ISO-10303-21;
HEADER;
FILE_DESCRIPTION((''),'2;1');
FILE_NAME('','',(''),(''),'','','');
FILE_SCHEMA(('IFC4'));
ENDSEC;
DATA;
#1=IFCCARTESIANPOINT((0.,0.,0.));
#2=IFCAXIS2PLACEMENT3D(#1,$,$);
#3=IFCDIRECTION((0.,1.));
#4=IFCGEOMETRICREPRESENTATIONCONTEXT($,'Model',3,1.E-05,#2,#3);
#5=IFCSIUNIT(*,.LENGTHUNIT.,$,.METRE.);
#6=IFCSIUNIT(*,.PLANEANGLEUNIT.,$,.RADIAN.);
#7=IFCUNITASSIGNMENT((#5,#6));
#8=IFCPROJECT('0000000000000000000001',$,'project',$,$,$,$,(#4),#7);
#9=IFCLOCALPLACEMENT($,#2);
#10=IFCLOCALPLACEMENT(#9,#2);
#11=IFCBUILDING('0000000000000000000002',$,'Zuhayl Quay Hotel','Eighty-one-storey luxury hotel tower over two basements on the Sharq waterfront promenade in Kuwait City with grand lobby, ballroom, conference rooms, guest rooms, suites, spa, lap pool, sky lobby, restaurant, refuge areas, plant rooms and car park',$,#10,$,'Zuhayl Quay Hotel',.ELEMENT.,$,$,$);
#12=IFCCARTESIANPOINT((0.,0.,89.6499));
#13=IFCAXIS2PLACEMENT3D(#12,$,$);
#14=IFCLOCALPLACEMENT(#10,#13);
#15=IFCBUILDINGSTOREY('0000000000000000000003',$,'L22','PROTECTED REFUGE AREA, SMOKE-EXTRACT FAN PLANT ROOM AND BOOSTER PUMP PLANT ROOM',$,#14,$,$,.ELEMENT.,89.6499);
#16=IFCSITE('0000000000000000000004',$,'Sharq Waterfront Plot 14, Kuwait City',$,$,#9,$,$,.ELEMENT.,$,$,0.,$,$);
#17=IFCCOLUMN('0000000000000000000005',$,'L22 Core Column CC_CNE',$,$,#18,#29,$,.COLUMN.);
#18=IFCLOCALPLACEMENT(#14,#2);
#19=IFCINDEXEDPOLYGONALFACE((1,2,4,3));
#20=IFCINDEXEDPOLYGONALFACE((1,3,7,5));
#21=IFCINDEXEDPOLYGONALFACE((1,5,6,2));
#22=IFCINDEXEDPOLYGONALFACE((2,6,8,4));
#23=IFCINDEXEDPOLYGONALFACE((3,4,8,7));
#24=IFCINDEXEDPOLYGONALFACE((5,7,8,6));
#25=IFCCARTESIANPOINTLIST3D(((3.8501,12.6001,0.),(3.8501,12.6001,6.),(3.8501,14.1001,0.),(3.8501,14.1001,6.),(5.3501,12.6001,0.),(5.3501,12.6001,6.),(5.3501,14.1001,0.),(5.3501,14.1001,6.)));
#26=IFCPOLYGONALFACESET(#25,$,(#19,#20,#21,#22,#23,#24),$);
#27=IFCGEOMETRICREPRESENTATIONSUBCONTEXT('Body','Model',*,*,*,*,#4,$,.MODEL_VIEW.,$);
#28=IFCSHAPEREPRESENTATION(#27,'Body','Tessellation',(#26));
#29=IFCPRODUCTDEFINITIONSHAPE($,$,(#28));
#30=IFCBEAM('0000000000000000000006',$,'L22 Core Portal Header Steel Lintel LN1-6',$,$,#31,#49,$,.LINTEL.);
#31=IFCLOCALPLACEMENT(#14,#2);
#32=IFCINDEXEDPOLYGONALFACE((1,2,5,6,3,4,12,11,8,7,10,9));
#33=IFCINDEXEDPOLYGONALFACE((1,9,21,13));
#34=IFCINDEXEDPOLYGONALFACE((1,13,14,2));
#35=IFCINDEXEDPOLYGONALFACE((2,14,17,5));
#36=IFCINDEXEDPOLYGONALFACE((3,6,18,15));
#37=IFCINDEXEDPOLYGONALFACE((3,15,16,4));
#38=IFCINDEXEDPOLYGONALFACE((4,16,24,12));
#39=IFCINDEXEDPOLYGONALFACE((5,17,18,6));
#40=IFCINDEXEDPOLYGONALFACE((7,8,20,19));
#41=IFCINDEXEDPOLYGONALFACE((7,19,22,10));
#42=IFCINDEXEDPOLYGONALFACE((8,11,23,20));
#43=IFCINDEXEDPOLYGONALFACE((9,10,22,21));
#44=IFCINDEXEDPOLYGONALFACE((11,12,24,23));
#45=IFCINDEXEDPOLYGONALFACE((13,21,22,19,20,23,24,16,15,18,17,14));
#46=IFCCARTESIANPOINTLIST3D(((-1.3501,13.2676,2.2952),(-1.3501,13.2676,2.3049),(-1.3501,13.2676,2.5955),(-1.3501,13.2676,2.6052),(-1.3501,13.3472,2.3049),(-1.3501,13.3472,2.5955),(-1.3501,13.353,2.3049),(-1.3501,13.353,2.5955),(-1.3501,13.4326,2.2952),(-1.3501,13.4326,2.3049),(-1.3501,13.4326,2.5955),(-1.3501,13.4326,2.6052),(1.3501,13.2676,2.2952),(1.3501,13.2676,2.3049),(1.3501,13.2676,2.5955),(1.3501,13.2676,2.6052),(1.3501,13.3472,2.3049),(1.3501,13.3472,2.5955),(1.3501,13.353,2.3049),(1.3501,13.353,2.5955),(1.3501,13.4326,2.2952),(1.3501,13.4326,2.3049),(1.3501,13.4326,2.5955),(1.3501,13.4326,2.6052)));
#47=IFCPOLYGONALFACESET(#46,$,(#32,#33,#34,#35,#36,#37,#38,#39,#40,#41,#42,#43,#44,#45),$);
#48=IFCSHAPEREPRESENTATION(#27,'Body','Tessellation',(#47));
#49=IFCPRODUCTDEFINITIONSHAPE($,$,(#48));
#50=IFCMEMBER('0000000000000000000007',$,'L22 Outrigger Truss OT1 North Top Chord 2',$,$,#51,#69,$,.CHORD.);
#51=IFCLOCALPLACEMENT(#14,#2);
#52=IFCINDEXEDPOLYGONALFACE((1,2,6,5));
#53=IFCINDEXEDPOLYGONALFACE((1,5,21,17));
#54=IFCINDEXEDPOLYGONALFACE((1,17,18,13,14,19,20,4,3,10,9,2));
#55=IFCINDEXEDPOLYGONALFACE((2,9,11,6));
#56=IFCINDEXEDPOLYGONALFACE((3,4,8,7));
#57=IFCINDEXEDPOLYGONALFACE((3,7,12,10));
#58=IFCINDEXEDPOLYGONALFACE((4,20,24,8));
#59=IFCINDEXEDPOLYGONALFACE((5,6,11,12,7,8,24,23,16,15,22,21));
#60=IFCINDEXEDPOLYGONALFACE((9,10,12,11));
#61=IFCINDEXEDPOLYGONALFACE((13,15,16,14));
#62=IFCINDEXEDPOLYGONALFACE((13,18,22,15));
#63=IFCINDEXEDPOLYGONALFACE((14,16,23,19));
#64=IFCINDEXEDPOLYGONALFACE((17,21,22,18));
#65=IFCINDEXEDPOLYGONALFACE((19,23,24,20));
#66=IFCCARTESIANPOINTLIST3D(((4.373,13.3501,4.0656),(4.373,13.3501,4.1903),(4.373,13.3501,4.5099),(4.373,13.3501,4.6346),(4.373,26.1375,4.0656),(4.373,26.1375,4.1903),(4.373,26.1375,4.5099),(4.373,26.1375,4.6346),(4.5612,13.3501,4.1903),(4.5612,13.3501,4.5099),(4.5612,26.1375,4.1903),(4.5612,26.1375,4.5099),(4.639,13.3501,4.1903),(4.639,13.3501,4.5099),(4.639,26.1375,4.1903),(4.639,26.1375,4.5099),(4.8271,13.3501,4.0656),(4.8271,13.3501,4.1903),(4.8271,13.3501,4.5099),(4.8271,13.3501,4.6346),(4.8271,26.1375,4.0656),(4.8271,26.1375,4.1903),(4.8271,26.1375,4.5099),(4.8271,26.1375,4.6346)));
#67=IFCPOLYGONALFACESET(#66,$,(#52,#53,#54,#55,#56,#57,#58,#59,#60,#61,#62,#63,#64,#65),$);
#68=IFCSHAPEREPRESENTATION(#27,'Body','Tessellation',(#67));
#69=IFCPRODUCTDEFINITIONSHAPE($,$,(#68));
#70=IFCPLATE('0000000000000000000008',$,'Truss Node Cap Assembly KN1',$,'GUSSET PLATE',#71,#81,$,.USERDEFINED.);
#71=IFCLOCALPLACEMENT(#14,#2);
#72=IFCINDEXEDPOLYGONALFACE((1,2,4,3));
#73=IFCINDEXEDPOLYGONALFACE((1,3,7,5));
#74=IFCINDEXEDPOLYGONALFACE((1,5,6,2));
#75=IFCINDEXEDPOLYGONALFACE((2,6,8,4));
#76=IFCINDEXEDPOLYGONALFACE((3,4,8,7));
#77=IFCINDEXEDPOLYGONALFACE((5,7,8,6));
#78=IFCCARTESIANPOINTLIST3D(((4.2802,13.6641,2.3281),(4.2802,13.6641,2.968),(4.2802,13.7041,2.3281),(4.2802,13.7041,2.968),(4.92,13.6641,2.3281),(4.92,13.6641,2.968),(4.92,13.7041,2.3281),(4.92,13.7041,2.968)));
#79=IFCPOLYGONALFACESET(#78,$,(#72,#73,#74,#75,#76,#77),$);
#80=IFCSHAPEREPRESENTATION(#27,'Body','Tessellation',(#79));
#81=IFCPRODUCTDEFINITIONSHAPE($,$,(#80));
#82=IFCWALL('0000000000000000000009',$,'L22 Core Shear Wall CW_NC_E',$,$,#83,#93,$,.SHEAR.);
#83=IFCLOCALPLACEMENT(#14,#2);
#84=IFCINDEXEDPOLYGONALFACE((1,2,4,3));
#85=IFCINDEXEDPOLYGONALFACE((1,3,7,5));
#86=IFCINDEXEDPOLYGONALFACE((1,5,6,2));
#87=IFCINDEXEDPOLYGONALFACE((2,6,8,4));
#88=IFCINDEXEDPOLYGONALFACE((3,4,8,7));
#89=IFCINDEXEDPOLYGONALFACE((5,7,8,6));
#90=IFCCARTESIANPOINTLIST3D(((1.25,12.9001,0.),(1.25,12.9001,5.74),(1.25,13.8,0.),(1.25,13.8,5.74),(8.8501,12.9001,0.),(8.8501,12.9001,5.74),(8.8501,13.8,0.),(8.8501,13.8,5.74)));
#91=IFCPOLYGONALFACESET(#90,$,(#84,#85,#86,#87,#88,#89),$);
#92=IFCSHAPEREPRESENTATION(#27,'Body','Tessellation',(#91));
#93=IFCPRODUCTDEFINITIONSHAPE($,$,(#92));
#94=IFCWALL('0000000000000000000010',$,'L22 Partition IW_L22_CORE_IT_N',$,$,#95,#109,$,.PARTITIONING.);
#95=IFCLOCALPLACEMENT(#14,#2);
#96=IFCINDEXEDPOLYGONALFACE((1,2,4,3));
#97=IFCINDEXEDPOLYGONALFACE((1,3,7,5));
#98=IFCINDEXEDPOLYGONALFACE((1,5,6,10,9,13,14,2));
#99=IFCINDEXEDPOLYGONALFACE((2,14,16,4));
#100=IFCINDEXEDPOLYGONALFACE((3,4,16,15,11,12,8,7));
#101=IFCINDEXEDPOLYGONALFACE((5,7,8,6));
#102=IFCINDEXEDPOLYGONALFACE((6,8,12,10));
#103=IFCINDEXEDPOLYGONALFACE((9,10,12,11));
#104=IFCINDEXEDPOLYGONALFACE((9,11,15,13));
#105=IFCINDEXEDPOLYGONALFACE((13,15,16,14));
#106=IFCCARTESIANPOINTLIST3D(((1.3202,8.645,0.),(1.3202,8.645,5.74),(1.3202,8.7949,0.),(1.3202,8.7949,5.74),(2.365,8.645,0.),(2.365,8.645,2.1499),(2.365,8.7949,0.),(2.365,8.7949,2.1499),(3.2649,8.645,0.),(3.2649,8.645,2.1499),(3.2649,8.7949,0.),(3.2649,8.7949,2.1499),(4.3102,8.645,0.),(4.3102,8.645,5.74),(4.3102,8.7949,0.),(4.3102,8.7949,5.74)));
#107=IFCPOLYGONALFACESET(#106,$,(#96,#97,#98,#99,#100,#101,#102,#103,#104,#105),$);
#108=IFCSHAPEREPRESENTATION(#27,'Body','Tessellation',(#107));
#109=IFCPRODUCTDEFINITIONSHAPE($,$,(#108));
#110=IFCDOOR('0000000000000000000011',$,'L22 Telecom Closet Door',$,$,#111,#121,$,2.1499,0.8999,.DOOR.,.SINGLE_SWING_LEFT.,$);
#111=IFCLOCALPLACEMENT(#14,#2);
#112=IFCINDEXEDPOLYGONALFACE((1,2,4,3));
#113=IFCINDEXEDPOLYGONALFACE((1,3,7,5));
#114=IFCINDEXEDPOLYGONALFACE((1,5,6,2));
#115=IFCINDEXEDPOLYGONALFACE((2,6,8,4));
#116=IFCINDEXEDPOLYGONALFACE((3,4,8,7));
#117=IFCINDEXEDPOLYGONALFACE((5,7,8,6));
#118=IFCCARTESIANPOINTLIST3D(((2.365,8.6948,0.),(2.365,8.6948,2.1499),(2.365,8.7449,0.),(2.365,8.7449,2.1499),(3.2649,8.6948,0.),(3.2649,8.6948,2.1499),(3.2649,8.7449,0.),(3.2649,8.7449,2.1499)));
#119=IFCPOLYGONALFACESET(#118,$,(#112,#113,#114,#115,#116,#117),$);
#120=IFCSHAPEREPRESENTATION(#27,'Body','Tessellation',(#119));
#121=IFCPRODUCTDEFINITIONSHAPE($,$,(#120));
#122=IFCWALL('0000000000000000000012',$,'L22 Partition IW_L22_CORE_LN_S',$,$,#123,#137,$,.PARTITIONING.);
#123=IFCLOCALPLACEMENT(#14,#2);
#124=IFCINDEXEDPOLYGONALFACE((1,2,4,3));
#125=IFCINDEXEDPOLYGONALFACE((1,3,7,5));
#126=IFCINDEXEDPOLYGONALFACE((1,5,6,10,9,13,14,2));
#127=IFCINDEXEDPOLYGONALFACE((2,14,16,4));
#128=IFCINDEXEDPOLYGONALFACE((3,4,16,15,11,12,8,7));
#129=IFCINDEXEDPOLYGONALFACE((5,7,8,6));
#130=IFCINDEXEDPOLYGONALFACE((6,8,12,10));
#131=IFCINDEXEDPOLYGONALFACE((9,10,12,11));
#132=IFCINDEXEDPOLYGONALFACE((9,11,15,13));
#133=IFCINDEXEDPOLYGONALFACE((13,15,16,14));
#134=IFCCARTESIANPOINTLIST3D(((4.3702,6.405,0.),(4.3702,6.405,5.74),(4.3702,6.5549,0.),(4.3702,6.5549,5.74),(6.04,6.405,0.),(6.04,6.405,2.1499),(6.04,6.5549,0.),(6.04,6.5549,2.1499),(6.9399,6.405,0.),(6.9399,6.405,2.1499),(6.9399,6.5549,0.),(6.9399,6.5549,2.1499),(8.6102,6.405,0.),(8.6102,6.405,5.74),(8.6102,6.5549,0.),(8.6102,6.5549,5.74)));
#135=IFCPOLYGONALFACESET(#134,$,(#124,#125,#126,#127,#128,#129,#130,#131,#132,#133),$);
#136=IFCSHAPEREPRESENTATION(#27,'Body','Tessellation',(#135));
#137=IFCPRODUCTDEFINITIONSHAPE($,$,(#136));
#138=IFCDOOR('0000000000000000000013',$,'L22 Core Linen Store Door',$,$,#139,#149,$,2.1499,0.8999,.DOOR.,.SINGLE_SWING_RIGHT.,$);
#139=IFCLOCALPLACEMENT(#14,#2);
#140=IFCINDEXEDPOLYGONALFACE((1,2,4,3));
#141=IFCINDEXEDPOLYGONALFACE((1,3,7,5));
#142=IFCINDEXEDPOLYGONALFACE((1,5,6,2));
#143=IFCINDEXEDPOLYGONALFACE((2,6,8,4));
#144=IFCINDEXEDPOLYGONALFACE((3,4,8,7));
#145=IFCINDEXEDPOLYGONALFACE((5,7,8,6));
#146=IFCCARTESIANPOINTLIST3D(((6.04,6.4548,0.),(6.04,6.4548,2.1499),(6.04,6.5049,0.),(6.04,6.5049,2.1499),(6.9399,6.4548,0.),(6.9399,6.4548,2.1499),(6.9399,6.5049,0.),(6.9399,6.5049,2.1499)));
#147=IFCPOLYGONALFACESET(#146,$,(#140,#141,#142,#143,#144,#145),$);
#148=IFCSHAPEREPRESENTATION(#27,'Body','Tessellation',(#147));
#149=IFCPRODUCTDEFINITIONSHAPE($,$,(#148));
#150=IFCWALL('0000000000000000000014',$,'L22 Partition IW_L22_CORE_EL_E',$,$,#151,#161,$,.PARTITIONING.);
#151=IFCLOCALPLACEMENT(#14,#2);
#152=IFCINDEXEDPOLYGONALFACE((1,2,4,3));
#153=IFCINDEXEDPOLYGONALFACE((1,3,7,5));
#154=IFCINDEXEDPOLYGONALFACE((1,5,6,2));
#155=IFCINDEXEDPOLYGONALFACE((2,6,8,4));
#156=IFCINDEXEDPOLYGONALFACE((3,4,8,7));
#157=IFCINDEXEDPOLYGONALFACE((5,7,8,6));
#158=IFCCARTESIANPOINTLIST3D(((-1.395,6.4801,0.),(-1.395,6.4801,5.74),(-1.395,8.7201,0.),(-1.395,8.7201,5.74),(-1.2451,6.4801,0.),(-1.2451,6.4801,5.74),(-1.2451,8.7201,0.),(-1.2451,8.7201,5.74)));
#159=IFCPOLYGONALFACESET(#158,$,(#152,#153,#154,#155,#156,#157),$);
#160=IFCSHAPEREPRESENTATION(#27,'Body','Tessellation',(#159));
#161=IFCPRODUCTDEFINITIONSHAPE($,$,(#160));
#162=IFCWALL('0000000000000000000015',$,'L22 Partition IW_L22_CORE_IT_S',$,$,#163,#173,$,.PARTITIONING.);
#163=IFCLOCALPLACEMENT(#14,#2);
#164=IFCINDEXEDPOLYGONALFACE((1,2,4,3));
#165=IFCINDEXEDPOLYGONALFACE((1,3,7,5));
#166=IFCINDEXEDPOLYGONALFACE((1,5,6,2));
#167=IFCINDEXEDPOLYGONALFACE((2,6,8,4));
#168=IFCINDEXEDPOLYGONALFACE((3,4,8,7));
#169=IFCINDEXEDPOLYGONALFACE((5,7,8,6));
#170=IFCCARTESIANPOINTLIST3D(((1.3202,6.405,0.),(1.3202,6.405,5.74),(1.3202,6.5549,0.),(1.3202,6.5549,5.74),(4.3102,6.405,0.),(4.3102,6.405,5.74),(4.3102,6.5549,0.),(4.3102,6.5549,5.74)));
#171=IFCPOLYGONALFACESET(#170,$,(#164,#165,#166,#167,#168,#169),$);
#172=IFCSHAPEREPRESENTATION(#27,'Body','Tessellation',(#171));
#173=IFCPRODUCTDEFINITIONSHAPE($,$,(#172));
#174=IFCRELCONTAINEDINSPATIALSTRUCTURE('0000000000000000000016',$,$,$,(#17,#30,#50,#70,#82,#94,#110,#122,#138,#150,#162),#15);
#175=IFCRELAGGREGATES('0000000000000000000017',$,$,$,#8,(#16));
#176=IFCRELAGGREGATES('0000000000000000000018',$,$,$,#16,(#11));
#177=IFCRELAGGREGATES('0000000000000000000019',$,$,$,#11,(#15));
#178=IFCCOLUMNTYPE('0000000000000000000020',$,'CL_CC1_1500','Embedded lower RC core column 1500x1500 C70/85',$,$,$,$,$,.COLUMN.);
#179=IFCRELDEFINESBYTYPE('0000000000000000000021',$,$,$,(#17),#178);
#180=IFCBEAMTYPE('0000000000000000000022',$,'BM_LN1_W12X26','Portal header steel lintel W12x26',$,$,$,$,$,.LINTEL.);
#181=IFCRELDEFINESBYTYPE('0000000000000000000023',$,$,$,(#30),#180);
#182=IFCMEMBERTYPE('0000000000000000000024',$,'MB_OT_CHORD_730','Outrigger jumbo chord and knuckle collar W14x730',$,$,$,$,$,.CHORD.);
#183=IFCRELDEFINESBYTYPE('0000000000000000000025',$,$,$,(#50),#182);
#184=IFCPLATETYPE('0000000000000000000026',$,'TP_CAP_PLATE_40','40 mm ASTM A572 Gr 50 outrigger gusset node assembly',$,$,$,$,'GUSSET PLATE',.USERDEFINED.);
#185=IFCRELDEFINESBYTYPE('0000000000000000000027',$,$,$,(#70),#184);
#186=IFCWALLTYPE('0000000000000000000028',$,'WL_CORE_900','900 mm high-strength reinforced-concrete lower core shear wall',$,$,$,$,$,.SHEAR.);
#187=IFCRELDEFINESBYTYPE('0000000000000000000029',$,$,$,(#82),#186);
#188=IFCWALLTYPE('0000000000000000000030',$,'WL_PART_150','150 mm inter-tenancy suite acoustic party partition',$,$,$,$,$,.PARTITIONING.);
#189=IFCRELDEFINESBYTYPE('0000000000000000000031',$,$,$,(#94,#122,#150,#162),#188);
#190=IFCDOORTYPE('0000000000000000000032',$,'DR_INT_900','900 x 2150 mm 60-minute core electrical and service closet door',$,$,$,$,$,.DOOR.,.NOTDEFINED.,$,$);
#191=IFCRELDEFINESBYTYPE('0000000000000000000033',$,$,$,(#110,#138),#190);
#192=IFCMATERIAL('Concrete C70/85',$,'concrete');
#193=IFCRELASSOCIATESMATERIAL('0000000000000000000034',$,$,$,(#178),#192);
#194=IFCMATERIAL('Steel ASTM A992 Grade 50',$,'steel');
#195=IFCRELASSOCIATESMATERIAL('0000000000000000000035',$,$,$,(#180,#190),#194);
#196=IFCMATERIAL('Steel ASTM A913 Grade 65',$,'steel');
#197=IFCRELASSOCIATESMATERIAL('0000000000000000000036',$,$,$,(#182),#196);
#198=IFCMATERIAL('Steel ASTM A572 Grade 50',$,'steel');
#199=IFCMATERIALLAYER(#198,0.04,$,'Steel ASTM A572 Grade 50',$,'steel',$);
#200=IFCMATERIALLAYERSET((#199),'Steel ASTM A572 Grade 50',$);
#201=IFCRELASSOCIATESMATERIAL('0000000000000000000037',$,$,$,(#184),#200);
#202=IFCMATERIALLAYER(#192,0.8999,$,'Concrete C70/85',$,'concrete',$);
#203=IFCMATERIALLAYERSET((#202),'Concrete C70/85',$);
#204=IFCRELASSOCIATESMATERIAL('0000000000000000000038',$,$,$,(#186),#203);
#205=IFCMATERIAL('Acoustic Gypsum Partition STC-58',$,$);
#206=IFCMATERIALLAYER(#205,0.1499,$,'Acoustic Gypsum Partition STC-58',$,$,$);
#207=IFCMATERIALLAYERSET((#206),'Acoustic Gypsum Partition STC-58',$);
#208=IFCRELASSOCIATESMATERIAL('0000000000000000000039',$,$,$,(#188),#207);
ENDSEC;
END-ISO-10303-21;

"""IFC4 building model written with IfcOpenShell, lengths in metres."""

from ifc_helpers import new_model, si_unit, direction, frame, frame_2d, origin, origin_2d, place, context, subcontext, project, spatial, rectangle, i_section, extrude, material, layer, layer_set, material_profile, profile_set, type_object, element, fill, save


model = new_model("IFC4")

# Units and contexts
model_context = context("Model", 3, precision=1e-05, world=origin(), true_north=direction((0.0, 1.0)))
body_context = subcontext(model_context, "Body", "Model", "MODEL_VIEW")
ifc_project = project(units=[si_unit("LENGTHUNIT", "METRE"), si_unit("PLANEANGLEUNIT", "RADIAN")], contexts=[model_context])

# Site, building, storey
site_placement = place(None, origin())
site = spatial("IfcSite", under=ifc_project, at=site_placement, Name="Sharq Waterfront Plot 14, Kuwait City", CompositionType="ELEMENT", RefElevation=0.0)
building_placement = place(site_placement, origin())
building = spatial("IfcBuilding", under=site, at=building_placement, Name="Zuhayl Quay Hotel", Description="Eighty-one-storey luxury hotel tower over two basements on the Sharq waterfront promenade in Kuwait City with grand lobby, ballroom, conference rooms, guest rooms, suites, spa, lap pool, sky lobby, restaurant, refuge areas, plant rooms and car park", LongName="Zuhayl Quay Hotel", CompositionType="ELEMENT")
storey_placement = place(building_placement, frame((0.0, 0.0, 89.6499)))
storey = spatial("IfcBuildingStorey", under=building, at=storey_placement, Name="L22", Description="PROTECTED REFUGE AREA, SMOKE-EXTRACT FAN PLANT ROOM AND BOOSTER PUMP PLANT ROOM", CompositionType="ELEMENT", Elevation=89.6499)

# Column
ifc_material_1 = material(Name="Concrete C70/85", Category="concrete")
ifc_material_profile_1 = material_profile(ifc_material_1, rectangle(XDim=1.5, YDim=1.5, at=origin_2d()), Name="RC1500X1500")
ifc_profile_set_1 = profile_set([ifc_material_profile_1], Name="Concrete C70/85")
column_type = type_object("IfcColumnType", Name="CL_CC1_1500", Description="Embedded lower RC core column 1500x1500 C70/85", PredefinedType="COLUMN", material=ifc_profile_set_1)
column_placement = place(storey_placement, frame((4.6001, 13.3501, 0.0), z_axis=(0.0, 0.0, 1.0), x_axis=(1.0, 0.0, 0.0)))
element("IfcColumn", 1, at=column_placement, inside=storey, type_object=column_type, Name="L22 Core Column CC_CNE", PredefinedType="COLUMN", context=body_context, shape_type="SweptSolid", body=[
    extrude(rectangle(XDim=1.5, YDim=1.5, at=origin_2d()), origin(), (0.0, 0.0, 1.0), 6.0),
])

# Beam
ifc_material_2 = material(Name="Steel ASTM A992 Grade 50", Category="steel")
ifc_material_profile_2 = material_profile(ifc_material_2, i_section(OverallWidth=0.165, OverallDepth=0.3101, WebThickness=0.0059, FlangeThickness=0.0098, at=origin_2d()), Name="W12X26")
ifc_profile_set_2 = profile_set([ifc_material_profile_2], Name="Steel ASTM A992 Grade 50")
beam_type = type_object("IfcBeamType", Name="BM_LN1_W12X26", Description="Portal header steel lintel W12x26", PredefinedType="LINTEL", material=ifc_profile_set_2)
beam_placement = place(storey_placement, frame((-1.3501, 13.3501, 2.4502), z_axis=(1.0, 0.0, 0.0), x_axis=(0.0, 1.0, 0.0)))
element("IfcBeam", 2, at=beam_placement, inside=storey, type_object=beam_type, Name="L22 Core Portal Header Steel Lintel LN1-6", PredefinedType="LINTEL", context=body_context, shape_type="SweptSolid", body=[
    extrude(i_section(OverallWidth=0.165, OverallDepth=0.3101, WebThickness=0.0059, FlangeThickness=0.0098, at=origin_2d()), origin(), (0.0, 0.0, 1.0), 2.7002),
])

# Member
ifc_material_3 = material(Name="Steel ASTM A913 Grade 65", Category="steel")
ifc_material_profile_3 = material_profile(ifc_material_3, i_section(OverallWidth=0.4541, OverallDepth=0.5691, WebThickness=0.0779, FlangeThickness=0.1248, at=origin_2d()), Name="W14X730")
ifc_profile_set_3 = profile_set([ifc_material_profile_3], Name="Steel ASTM A913 Grade 65")
member_type = type_object("IfcMemberType", Name="MB_OT_CHORD_730", Description="Outrigger jumbo chord and knuckle collar W14x730", PredefinedType="CHORD", material=ifc_profile_set_3)
member_placement = place(storey_placement, frame((4.6001, 13.3501, 4.3501), z_axis=(0.0, 1.0, 0.0), x_axis=(-1.0, 0.0, 0.0)))
element("IfcMember", 3, at=member_placement, inside=storey, type_object=member_type, Name="L22 Outrigger Truss OT1 North Top Chord 2", PredefinedType="CHORD", context=body_context, shape_type="SweptSolid", body=[
    extrude(i_section(OverallWidth=0.4541, OverallDepth=0.5691, WebThickness=0.0779, FlangeThickness=0.1248, at=origin_2d()), origin(), (0.0, 0.0, 1.0), 12.7874),
])

# Plate
ifc_material_4 = material(Name="Steel ASTM A572 Grade 50", Category="steel")
ifc_layer_1 = layer(ifc_material_4, 0.04, Name="Steel ASTM A572 Grade 50", Category="steel")
ifc_layer_set_1 = layer_set([ifc_layer_1], Name="Steel ASTM A572 Grade 50")
plate_type = type_object("IfcPlateType", Name="TP_CAP_PLATE_40", Description="40 mm ASTM A572 Gr 50 outrigger gusset node assembly", ElementType="GUSSET PLATE", PredefinedType="USERDEFINED", material=ifc_layer_set_1)
plate_placement = place(storey_placement, frame((4.6001, 13.6841, 2.3281), z_axis=(0.0, 0.0, 1.0), x_axis=(0.0, -1.0, 0.0)))
element("IfcPlate", 4, at=plate_placement, inside=storey, type_object=plate_type, Name="Truss Node Cap Assembly KN1", ObjectType="GUSSET PLATE", PredefinedType="USERDEFINED", context=body_context, shape_type="SweptSolid", body=[
    extrude(rectangle(XDim=0.04, YDim=0.6399, at=origin_2d()), origin(), (0.0, 0.0, 1.0), 0.6399),
])

# Wall
ifc_layer_2 = layer(ifc_material_1, 0.8999, Name="Concrete C70/85", Category="concrete")
ifc_layer_set_2 = layer_set([ifc_layer_2], Name="Concrete C70/85")
wall_type_1 = type_object("IfcWallType", Name="WL_CORE_900", Description="900 mm high-strength reinforced-concrete lower core shear wall", PredefinedType="SHEAR", material=ifc_layer_set_2)
wall_1_placement = place(storey_placement, frame((1.25, 13.3501, 0.0), z_axis=(0.0, 0.0, 1.0), x_axis=(1.0, 0.0, 0.0)))
element("IfcWall", 5, at=wall_1_placement, inside=storey, type_object=wall_type_1, Name="L22 Core Shear Wall CW_NC_E", PredefinedType="SHEAR", context=body_context, shape_type="SweptSolid", body=[
    extrude(rectangle(XDim=7.6001, YDim=0.8999, at=frame_2d((3.8, 0.0))), origin(), (0.0, 0.0, 1.0), 5.74),
])

# Walls, openings, doors
ifc_material_5 = material(Name="Acoustic Gypsum Partition STC-58")
ifc_layer_3 = layer(ifc_material_5, 0.1499, Name="Acoustic Gypsum Partition STC-58")
ifc_layer_set_3 = layer_set([ifc_layer_3], Name="Acoustic Gypsum Partition STC-58")
wall_type_2 = type_object("IfcWallType", Name="WL_PART_150", Description="150 mm inter-tenancy suite acoustic party partition", PredefinedType="PARTITIONING", material=ifc_layer_set_3)
wall_2_placement = place(storey_placement, frame((1.3201, 8.72, 0.0), z_axis=(0.0, 0.0, 1.0), x_axis=(1.0, 0.0, 0.0)))
wall_2 = element("IfcWall", 6, at=wall_2_placement, inside=storey, type_object=wall_type_2, Name="L22 Partition IW_L22_CORE_IT_N", PredefinedType="PARTITIONING", context=body_context, shape_type="SweptSolid", body=[
    extrude(rectangle(XDim=2.99, YDim=0.1499, at=frame_2d((1.4951, 0.0))), origin(), (0.0, 0.0, 1.0), 5.74),
])
opening_1_placement = place(wall_2_placement, frame((1.0449, 0.0, 0.0)))
opening_1 = element("IfcOpeningElement", 7, at=opening_1_placement, cuts=wall_2, PredefinedType="OPENING", context=body_context, shape_type="SweptSolid", body=[
    extrude(rectangle(XDim=0.8999, YDim=2.1499, at=frame_2d((0.45, 1.075))), frame((0.0, 0.085, 0.0), z_axis=(0.0, -1.0, 0.0), x_axis=(1.0, 0.0, 0.0)), (0.0, 0.0, 1.0), 0.1699),
])
door_type_1 = type_object("IfcDoorType", Name="DR_INT_900", Description="900 x 2150 mm 60-minute core electrical and service closet door", OperationType="NOTDEFINED", PredefinedType="DOOR", material=ifc_material_2)
door_1_placement = place(opening_1_placement, origin())
door_1 = element("IfcDoor", 8, at=door_1_placement, inside=storey, type_object=door_type_1, Name="L22 Telecom Closet Door", OperationType="SINGLE_SWING_LEFT", OverallHeight=2.1499, OverallWidth=0.8999, PredefinedType="DOOR", context=body_context, shape_type="SweptSolid", body=[
    extrude(rectangle(XDim=0.8999, YDim=2.1499, at=frame_2d((0.45, 1.075))), frame((0.0, 0.0249, 0.0), z_axis=(0.0, -1.0, 0.0), x_axis=(1.0, 0.0, 0.0)), (0.0, 0.0, 1.0), 0.05),
])
fill(opening_1, door_1)
wall_3_placement = place(storey_placement, frame((4.3701, 6.48, 0.0), z_axis=(0.0, 0.0, 1.0), x_axis=(1.0, 0.0, 0.0)))
wall_3 = element("IfcWall", 9, at=wall_3_placement, inside=storey, type_object=wall_type_2, Name="L22 Partition IW_L22_CORE_LN_S", PredefinedType="PARTITIONING", context=body_context, shape_type="SweptSolid", body=[
    extrude(rectangle(XDim=4.24, YDim=0.1499, at=frame_2d((2.1201, 0.0))), origin(), (0.0, 0.0, 1.0), 5.74),
])
opening_2_placement = place(wall_3_placement, frame((1.6699, 0.0, 0.0)))
opening_2 = element("IfcOpeningElement", 10, at=opening_2_placement, cuts=wall_3, PredefinedType="OPENING", context=body_context, shape_type="SweptSolid", body=[
    extrude(rectangle(XDim=0.8999, YDim=2.1499, at=frame_2d((0.45, 1.075))), frame((0.0, 0.085, 0.0), z_axis=(0.0, -1.0, 0.0), x_axis=(1.0, 0.0, 0.0)), (0.0, 0.0, 1.0), 0.1699),
])
door_2_placement = place(opening_2_placement, origin())
door_2 = element("IfcDoor", 11, at=door_2_placement, inside=storey, type_object=door_type_1, Name="L22 Core Linen Store Door", OperationType="SINGLE_SWING_RIGHT", OverallHeight=2.1499, OverallWidth=0.8999, PredefinedType="DOOR", context=body_context, shape_type="SweptSolid", body=[
    extrude(rectangle(XDim=0.8999, YDim=2.1499, at=frame_2d((0.45, 1.075))), frame((0.0, 0.0249, 0.0), z_axis=(0.0, -1.0, 0.0), x_axis=(1.0, 0.0, 0.0)), (0.0, 0.0, 1.0), 0.05),
])
fill(opening_2, door_2)

# Walls
wall_4_placement = place(storey_placement, frame((-1.3201, 6.48, 0.0), z_axis=(0.0, 0.0, 1.0), x_axis=(0.0, 1.0, 0.0)))
element("IfcWall", 12, at=wall_4_placement, inside=storey, type_object=wall_type_2, Name="L22 Partition IW_L22_CORE_EL_E", PredefinedType="PARTITIONING", context=body_context, shape_type="SweptSolid", body=[
    extrude(rectangle(XDim=2.24, YDim=0.1499, at=frame_2d((1.1201, 0.0))), origin(), (0.0, 0.0, 1.0), 5.74),
])
wall_5_placement = place(storey_placement, frame((1.3201, 6.48, 0.0), z_axis=(0.0, 0.0, 1.0), x_axis=(1.0, 0.0, 0.0)))
element("IfcWall", 13, at=wall_5_placement, inside=storey, type_object=wall_type_2, Name="L22 Partition IW_L22_CORE_IT_S", PredefinedType="PARTITIONING", context=body_context, shape_type="SweptSolid", body=[
    extrude(rectangle(XDim=2.99, YDim=0.1499, at=frame_2d((1.4951, 0.0))), origin(), (0.0, 0.0, 1.0), 5.74),
])

save(model, "model.ifc")
